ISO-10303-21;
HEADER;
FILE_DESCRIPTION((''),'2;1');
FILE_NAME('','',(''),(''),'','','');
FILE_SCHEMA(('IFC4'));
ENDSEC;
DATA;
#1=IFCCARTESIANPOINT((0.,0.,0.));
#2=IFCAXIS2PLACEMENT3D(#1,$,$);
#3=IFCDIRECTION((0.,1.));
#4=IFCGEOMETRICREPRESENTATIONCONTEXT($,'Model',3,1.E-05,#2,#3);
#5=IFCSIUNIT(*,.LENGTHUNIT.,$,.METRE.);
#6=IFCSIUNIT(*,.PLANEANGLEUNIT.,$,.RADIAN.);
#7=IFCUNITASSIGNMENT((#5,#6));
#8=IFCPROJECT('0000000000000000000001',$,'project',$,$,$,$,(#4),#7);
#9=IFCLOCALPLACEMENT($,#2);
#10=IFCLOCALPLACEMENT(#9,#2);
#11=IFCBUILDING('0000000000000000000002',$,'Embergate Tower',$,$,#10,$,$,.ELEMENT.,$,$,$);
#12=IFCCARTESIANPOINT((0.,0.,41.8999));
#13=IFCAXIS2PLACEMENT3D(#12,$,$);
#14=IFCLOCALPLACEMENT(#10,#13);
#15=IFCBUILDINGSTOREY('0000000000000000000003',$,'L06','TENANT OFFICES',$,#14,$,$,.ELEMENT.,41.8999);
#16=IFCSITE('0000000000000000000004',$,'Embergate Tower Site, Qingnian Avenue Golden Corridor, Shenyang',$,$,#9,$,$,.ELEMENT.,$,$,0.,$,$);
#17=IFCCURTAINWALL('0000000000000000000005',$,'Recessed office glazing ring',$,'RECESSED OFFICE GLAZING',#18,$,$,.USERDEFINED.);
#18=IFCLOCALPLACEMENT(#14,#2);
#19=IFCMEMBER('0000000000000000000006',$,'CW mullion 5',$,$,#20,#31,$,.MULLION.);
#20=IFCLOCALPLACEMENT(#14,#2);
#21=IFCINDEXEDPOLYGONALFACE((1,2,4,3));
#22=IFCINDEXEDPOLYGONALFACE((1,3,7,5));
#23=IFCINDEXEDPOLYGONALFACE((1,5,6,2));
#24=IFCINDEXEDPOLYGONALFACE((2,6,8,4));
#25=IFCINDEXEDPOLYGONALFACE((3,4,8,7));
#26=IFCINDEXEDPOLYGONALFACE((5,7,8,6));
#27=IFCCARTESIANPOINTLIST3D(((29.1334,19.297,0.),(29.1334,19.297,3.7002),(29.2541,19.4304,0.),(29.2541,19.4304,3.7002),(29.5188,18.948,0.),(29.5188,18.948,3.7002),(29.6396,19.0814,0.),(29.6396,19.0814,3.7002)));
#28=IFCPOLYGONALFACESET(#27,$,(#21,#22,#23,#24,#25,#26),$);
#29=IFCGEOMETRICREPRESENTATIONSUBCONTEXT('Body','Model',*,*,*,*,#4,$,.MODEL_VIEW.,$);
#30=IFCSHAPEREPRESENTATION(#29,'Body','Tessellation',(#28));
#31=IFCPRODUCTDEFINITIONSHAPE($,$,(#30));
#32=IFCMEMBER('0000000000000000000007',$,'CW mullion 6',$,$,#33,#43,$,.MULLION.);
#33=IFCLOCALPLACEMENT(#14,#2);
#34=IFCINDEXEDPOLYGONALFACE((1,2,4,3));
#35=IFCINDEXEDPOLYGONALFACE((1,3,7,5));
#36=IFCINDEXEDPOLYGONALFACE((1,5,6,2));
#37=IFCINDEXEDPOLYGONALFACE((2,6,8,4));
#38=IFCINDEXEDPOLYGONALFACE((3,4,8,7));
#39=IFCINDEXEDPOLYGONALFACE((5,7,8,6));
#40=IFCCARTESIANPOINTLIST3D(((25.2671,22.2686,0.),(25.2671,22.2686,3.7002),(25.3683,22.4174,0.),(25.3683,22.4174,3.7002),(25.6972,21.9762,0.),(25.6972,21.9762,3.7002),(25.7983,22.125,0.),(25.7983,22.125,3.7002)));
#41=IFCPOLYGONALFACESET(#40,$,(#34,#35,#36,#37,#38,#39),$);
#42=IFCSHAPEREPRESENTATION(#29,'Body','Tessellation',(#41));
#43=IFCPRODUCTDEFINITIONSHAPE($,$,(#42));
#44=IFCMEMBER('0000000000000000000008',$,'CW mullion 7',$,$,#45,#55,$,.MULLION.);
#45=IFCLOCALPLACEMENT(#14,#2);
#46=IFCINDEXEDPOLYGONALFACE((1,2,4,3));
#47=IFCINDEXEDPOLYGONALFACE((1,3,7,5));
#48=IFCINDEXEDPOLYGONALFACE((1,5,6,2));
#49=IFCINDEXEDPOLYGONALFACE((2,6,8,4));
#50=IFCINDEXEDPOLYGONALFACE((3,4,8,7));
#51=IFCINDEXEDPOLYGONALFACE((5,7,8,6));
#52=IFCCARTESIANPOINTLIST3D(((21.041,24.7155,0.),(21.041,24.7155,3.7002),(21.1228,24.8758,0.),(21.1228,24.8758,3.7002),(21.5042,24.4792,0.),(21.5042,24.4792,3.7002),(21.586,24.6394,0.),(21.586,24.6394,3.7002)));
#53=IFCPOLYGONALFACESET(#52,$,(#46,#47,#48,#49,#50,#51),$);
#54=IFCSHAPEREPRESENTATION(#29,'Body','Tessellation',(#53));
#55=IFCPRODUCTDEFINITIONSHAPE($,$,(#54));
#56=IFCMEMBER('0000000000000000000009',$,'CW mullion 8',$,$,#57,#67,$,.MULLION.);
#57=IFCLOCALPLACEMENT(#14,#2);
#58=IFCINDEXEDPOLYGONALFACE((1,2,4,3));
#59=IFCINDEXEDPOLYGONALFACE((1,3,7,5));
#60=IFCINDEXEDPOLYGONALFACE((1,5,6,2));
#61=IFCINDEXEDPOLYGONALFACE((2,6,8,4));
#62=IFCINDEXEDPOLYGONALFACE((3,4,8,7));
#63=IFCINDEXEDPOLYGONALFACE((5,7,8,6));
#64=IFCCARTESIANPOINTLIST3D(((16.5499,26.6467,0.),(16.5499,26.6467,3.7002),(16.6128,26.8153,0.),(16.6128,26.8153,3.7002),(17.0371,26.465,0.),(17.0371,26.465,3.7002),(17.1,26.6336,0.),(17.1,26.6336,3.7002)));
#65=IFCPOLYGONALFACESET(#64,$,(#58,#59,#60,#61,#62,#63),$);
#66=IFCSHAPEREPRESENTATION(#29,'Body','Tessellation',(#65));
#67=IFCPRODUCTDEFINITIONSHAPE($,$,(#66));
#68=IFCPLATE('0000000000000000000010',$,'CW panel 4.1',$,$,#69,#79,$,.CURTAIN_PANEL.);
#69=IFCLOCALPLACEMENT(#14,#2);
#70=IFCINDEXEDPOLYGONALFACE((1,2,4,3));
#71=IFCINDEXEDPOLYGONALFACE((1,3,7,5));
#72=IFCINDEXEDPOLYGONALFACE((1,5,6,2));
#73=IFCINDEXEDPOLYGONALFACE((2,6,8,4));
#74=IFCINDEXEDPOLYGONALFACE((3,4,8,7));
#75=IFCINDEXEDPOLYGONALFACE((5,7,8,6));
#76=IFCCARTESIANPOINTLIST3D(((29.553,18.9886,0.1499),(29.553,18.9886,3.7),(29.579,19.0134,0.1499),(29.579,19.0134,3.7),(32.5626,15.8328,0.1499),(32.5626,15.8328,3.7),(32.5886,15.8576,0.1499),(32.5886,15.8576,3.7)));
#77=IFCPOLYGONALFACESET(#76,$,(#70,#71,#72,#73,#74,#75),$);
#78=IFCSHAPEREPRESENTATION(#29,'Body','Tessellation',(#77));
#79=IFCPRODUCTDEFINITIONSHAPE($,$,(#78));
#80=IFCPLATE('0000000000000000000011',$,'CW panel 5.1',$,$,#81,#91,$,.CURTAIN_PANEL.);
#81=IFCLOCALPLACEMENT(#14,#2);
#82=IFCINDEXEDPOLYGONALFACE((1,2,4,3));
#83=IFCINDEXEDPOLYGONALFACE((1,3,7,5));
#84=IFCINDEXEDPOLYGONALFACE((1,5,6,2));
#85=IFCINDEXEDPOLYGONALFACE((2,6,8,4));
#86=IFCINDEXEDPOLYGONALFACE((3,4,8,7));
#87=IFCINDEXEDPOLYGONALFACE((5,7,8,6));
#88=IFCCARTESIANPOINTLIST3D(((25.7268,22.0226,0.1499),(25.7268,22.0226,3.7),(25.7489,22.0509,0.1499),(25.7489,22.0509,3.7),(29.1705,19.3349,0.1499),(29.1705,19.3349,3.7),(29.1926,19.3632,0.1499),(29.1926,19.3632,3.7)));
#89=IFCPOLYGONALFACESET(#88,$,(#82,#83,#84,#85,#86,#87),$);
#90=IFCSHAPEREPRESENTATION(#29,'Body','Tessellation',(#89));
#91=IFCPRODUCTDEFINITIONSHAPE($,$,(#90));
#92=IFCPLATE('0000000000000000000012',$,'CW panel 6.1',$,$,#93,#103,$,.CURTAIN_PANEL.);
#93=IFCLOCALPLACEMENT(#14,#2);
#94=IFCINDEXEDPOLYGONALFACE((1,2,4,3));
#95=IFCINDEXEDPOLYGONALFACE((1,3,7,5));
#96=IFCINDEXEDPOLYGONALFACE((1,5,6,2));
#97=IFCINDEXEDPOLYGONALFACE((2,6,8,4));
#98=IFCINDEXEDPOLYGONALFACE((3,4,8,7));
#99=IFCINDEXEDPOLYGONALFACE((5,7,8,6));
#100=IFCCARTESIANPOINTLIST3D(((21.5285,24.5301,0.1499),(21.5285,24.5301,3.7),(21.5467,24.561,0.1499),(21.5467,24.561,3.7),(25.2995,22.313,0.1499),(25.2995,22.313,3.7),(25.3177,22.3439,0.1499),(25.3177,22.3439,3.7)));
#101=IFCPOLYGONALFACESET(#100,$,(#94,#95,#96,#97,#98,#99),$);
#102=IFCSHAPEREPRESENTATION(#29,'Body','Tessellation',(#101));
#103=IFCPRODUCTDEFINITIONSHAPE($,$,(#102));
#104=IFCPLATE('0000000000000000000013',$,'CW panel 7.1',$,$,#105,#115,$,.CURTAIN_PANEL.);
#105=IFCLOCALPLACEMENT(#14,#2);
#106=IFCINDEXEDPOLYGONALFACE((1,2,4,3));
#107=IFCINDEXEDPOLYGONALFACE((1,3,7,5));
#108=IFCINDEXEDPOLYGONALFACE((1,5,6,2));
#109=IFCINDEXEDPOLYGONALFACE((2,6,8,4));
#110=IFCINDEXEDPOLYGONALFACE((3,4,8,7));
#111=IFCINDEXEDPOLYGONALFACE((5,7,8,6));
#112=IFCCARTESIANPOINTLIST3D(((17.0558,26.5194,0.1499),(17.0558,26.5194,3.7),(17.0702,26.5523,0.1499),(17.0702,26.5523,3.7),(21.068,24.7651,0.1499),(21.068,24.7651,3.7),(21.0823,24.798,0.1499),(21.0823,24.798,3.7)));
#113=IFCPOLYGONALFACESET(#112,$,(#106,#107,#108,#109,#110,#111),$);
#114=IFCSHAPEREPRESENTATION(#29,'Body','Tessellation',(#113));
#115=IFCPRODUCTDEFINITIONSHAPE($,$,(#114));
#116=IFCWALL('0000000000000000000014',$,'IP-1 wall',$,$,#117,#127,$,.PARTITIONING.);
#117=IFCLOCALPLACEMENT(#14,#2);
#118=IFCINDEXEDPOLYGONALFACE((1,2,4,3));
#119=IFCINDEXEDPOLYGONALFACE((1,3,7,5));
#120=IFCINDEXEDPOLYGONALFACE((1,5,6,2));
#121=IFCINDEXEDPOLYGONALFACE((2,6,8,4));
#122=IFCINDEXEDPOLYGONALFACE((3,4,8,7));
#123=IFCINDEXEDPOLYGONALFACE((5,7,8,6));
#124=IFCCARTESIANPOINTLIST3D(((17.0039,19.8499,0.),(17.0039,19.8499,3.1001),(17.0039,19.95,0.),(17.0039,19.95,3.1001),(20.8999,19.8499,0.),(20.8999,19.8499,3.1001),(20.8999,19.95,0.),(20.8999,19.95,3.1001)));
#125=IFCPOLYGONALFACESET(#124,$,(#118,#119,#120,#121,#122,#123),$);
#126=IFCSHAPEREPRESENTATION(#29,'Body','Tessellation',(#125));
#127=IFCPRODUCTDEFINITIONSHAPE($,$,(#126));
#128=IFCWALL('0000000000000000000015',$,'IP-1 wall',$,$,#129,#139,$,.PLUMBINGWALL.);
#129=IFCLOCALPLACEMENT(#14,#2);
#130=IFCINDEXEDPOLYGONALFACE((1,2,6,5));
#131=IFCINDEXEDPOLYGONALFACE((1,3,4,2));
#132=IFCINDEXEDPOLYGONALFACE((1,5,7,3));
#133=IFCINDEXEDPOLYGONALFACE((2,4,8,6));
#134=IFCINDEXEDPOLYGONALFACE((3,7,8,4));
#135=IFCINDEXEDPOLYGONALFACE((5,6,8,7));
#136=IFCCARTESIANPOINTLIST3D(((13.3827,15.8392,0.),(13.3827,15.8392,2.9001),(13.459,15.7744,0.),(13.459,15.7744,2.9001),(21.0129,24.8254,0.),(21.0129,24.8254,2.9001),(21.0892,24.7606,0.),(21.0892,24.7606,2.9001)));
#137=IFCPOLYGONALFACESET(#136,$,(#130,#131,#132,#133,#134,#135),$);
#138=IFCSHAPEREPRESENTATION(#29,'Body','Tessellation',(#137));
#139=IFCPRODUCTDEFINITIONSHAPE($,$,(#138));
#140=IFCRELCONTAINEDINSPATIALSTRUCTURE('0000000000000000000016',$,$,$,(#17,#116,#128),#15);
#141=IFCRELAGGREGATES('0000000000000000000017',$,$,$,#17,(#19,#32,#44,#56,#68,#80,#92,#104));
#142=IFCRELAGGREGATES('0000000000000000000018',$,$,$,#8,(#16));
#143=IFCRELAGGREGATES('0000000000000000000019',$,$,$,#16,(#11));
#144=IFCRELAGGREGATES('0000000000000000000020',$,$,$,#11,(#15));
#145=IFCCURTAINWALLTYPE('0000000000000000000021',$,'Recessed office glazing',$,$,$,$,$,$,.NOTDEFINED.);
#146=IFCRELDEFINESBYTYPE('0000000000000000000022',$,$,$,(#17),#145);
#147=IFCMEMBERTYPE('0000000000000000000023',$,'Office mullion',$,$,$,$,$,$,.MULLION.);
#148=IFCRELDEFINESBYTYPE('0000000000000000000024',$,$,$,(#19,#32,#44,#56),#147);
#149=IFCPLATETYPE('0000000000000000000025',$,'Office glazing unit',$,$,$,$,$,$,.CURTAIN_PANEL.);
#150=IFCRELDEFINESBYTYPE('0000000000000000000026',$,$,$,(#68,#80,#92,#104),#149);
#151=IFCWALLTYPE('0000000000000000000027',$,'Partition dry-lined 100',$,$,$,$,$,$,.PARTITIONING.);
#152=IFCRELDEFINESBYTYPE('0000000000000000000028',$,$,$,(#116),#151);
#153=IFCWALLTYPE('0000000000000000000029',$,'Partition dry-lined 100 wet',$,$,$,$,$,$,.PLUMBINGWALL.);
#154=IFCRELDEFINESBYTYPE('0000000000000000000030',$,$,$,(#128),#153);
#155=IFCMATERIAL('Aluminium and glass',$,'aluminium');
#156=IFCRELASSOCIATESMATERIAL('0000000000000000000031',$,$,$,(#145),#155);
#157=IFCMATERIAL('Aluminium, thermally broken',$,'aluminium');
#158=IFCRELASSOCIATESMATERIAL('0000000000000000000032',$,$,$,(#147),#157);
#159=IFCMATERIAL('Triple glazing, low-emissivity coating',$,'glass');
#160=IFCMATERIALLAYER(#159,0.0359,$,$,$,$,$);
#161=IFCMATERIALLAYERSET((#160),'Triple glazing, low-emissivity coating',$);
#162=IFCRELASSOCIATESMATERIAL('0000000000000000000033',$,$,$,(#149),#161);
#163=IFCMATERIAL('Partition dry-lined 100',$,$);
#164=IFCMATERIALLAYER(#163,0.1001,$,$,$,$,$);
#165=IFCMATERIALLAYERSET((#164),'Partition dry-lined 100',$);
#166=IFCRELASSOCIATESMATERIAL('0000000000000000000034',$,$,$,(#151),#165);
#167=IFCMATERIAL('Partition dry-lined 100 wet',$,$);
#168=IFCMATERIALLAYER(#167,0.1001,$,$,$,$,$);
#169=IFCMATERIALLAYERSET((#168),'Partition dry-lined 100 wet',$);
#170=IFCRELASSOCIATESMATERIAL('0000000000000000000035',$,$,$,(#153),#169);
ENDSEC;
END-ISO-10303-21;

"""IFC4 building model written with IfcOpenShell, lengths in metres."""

from ifc_helpers import new_model, si_unit, direction, frame, frame_2d, origin, origin_2d, place, context, subcontext, project, spatial, rectangle, extrude, source, transform, mapped, material, layer, layer_set, material_profile, profile_set, type_object, element, aggregate, save


model = new_model("IFC4")

# Units and contexts
model_context = context("Model", 3, precision=1e-05, world=origin(), true_north=direction((0.0, 1.0)))
body_context = subcontext(model_context, "Body", "Model", "MODEL_VIEW")
ifc_project = project(units=[si_unit("LENGTHUNIT", "METRE"), si_unit("PLANEANGLEUNIT", "RADIAN")], contexts=[model_context])

# Site, building, storey
site_placement = place(None, origin())
site = spatial("IfcSite", under=ifc_project, at=site_placement, Name="Embergate Tower Site, Qingnian Avenue Golden Corridor, Shenyang", CompositionType="ELEMENT", RefElevation=0.0)
building_placement = place(site_placement, origin())
building = spatial("IfcBuilding", under=site, at=building_placement, Name="Embergate Tower", CompositionType="ELEMENT")
storey_placement = place(building_placement, frame((0.0, 0.0, 41.8999)))
storey = spatial("IfcBuildingStorey", under=building, at=storey_placement, Name="L06", Description="TENANT OFFICES", CompositionType="ELEMENT", Elevation=41.8999)

# Curtain wall, members, plates
ifc_material_1 = material(Name="Aluminium and glass", Category="aluminium")
curtain_wall_type = type_object("IfcCurtainWallType", Name="Recessed office glazing", PredefinedType="NOTDEFINED", material=ifc_material_1)
curtain_wall_placement = place(storey_placement, origin())
curtain_wall = element("IfcCurtainWall", 1, at=curtain_wall_placement, inside=storey, type_object=curtain_wall_type, Name="Recessed office glazing ring", ObjectType="RECESSED OFFICE GLAZING", PredefinedType="USERDEFINED")
ifc_material_2 = material(Name="Aluminium, thermally broken", Category="aluminium")
ifc_material_profile_1 = material_profile(ifc_material_2, rectangle(XDim=0.1799, YDim=0.52, at=origin_2d()), Name="AL 520x180")
ifc_profile_set_1 = profile_set([ifc_material_profile_1], Name="Aluminium, thermally broken")
member_type_1 = type_object("IfcMemberType", Name="Office mullion", PredefinedType="MULLION", material=ifc_profile_set_1)
shared_shape_1 = source(origin(), body_context, "Body", "SweptSolid", [
    extrude(rectangle(XDim=0.1799, YDim=0.52, at=origin_2d()), origin(), (0.0, 0.0, 1.0), 3.7002),
])
member_1_placement = place(storey_placement, frame((29.3865, 19.1892, 0.0), z_axis=(0.0, 0.0, 1.0), x_axis=(-0.671227, -0.741252, 0.0)))
member_1 = element("IfcMember", 2, at=member_1_placement, type_object=member_type_1, Name="CW mullion 5", PredefinedType="MULLION", context=body_context, shape_type="MappedRepresentation", body=[
    mapped(shared_shape_1, transform((0.0, 0.0, 0.0))),
])
member_2_placement = place(storey_placement, frame((25.5327, 22.1968, 0.0), z_axis=(0.0, 0.0, 1.0), x_axis=(-0.562216, -0.82699, 0.0)))
member_2 = element("IfcMember", 3, at=member_2_placement, type_object=member_type_1, Name="CW mullion 6", PredefinedType="MULLION", context=body_context, shape_type="MappedRepresentation", body=[
    mapped(shared_shape_1, transform((0.0, 0.0, 0.0))),
])
member_3_placement = place(storey_placement, frame((21.3135, 24.6775, 0.0), z_axis=(0.0, 0.0, 1.0), x_axis=(-0.45451, -0.890742, 0.0)))
member_3 = element("IfcMember", 4, at=member_3_placement, type_object=member_type_1, Name="CW mullion 7", PredefinedType="MULLION", context=body_context, shape_type="MappedRepresentation", body=[
    mapped(shared_shape_1, transform((0.0, 0.0, 0.0))),
])
member_4_placement = place(storey_placement, frame((16.825, 26.6401, 0.0), z_axis=(0.0, 0.0, 1.0), x_axis=(-0.349501, -0.936936, 0.0)))
member_4 = element("IfcMember", 5, at=member_4_placement, type_object=member_type_1, Name="CW mullion 8", PredefinedType="MULLION", context=body_context, shape_type="MappedRepresentation", body=[
    mapped(shared_shape_1, transform((0.0, 0.0, 0.0))),
])
ifc_material_3 = material(Name="Triple glazing, low-emissivity coating", Category="glass")
ifc_layer_1 = layer(ifc_material_3, 0.0359)
ifc_layer_set_1 = layer_set([ifc_layer_1], Name="Triple glazing, low-emissivity coating")
plate_type = type_object("IfcPlateType", Name="Office glazing unit", PredefinedType="CURTAIN_PANEL", material=ifc_layer_set_1)
shared_shape_2 = source(origin(), body_context, "Body", "SweptSolid", [
    extrude(rectangle(XDim=4.3608, YDim=0.0359, at=origin_2d()), origin(), (0.0, 0.0, 1.0), 3.55),
])
plate_1_placement = place(storey_placement, frame((31.0708, 17.4231, 0.1499), z_axis=(0.0, 0.0, 1.0), x_axis=(-0.690136, 0.723679, 0.0)))
plate_1 = element("IfcPlate", 6, at=plate_1_placement, type_object=plate_type, Name="CW panel 4.1", PredefinedType="CURTAIN_PANEL", context=body_context, shape_type="MappedRepresentation", body=[
    mapped(shared_shape_2, transform((0.0, 0.0, 0.0))),
])
shared_shape_3 = source(origin(), body_context, "Body", "SweptSolid", [
    extrude(rectangle(XDim=4.3684, YDim=0.0359, at=origin_2d()), origin(), (0.0, 0.0, 1.0), 3.55),
])
plate_2_placement = place(storey_placement, frame((27.4597, 20.6929, 0.1499), z_axis=(0.0, 0.0, 1.0), x_axis=(-0.788322, 0.615263, 0.0)))
plate_2 = element("IfcPlate", 7, at=plate_2_placement, type_object=plate_type, Name="CW panel 5.1", PredefinedType="CURTAIN_PANEL", context=body_context, shape_type="MappedRepresentation", body=[
    mapped(shared_shape_3, transform((0.0, 0.0, 0.0))),
])
shared_shape_4 = source(origin(), body_context, "Body", "SweptSolid", [
    extrude(rectangle(XDim=4.3745, YDim=0.0359, at=origin_2d()), origin(), (0.0, 0.0, 1.0), 3.55),
])
plate_3_placement = place(storey_placement, frame((23.4231, 23.437, 0.1499), z_axis=(0.0, 0.0, 1.0), x_axis=(-0.862054, 0.506816, 0.0)))
plate_3 = element("IfcPlate", 8, at=plate_3_placement, type_object=plate_type, Name="CW panel 6.1", PredefinedType="CURTAIN_PANEL", context=body_context, shape_type="MappedRepresentation", body=[
    mapped(shared_shape_4, transform((0.0, 0.0, 0.0))),
])
shared_shape_5 = source(origin(), body_context, "Body", "SweptSolid", [
    extrude(rectangle(XDim=4.3789, YDim=0.0359, at=origin_2d()), origin(), (0.0, 0.0, 1.0), 3.55),
])
plate_4_placement = place(storey_placement, frame((19.0691, 25.6587, 0.1499), z_axis=(0.0, 0.0, 1.0), x_axis=(-0.916237, 0.400637, 0.0)))
plate_4 = element("IfcPlate", 9, at=plate_4_placement, type_object=plate_type, Name="CW panel 7.1", PredefinedType="CURTAIN_PANEL", context=body_context, shape_type="MappedRepresentation", body=[
    mapped(shared_shape_5, transform((0.0, 0.0, 0.0))),
])
aggregate(curtain_wall, [member_1, member_2, member_3, member_4, plate_1, plate_2, plate_3, plate_4])

# Walls
ifc_material_4 = material(Name="Partition dry-lined 100")
ifc_layer_2 = layer(ifc_material_4, 0.1001)
ifc_layer_set_2 = layer_set([ifc_layer_2], Name="Partition dry-lined 100")
wall_type_1 = type_object("IfcWallType", Name="Partition dry-lined 100", PredefinedType="PARTITIONING", material=ifc_layer_set_2)
shared_shape_6 = source(origin(), body_context, "Body", "SweptSolid", [
    extrude(rectangle(XDim=3.896, YDim=0.1001, at=frame_2d((1.948, 0.0))), origin(), (0.0, 0.0, 1.0), 3.1001),
])
wall_1_placement = place(storey_placement, frame((17.0039, 19.8999, 0.0), z_axis=(0.0, 0.0, 1.0), x_axis=(1.0, 0.0, 0.0)))
element("IfcWall", 10, at=wall_1_placement, inside=storey, type_object=wall_type_1, Name="IP-1 wall", PredefinedType="PARTITIONING", context=body_context, shape_type="MappedRepresentation", body=[
    mapped(shared_shape_6, transform((0.0, 0.0, 0.0))),
])
ifc_material_5 = material(Name="Partition dry-lined 100 wet")
ifc_layer_3 = layer(ifc_material_5, 0.1001)
ifc_layer_set_3 = layer_set([ifc_layer_3], Name="Partition dry-lined 100 wet")
wall_type_2 = type_object("IfcWallType", Name="Partition dry-lined 100 wet", PredefinedType="PLUMBINGWALL", material=ifc_layer_set_3)
shared_shape_7 = source(origin(), body_context, "Body", "SweptSolid", [
    extrude(rectangle(XDim=11.7886, YDim=0.1001, at=frame_2d((5.8943, 0.0))), origin(), (0.0, 0.0, 1.0), 2.9001),
])
wall_2_placement = place(storey_placement, frame((21.051, 24.793, 0.0), z_axis=(0.0, 0.0, 1.0), x_axis=(-0.647252, -0.762276, 0.0)))
element("IfcWall", 11, at=wall_2_placement, inside=storey, type_object=wall_type_2, Name="IP-1 wall", PredefinedType="PLUMBINGWALL", context=body_context, shape_type="MappedRepresentation", body=[
    mapped(shared_shape_7, transform((0.0, 0.0, 0.0))),
])

save(model, "model.ifc")
